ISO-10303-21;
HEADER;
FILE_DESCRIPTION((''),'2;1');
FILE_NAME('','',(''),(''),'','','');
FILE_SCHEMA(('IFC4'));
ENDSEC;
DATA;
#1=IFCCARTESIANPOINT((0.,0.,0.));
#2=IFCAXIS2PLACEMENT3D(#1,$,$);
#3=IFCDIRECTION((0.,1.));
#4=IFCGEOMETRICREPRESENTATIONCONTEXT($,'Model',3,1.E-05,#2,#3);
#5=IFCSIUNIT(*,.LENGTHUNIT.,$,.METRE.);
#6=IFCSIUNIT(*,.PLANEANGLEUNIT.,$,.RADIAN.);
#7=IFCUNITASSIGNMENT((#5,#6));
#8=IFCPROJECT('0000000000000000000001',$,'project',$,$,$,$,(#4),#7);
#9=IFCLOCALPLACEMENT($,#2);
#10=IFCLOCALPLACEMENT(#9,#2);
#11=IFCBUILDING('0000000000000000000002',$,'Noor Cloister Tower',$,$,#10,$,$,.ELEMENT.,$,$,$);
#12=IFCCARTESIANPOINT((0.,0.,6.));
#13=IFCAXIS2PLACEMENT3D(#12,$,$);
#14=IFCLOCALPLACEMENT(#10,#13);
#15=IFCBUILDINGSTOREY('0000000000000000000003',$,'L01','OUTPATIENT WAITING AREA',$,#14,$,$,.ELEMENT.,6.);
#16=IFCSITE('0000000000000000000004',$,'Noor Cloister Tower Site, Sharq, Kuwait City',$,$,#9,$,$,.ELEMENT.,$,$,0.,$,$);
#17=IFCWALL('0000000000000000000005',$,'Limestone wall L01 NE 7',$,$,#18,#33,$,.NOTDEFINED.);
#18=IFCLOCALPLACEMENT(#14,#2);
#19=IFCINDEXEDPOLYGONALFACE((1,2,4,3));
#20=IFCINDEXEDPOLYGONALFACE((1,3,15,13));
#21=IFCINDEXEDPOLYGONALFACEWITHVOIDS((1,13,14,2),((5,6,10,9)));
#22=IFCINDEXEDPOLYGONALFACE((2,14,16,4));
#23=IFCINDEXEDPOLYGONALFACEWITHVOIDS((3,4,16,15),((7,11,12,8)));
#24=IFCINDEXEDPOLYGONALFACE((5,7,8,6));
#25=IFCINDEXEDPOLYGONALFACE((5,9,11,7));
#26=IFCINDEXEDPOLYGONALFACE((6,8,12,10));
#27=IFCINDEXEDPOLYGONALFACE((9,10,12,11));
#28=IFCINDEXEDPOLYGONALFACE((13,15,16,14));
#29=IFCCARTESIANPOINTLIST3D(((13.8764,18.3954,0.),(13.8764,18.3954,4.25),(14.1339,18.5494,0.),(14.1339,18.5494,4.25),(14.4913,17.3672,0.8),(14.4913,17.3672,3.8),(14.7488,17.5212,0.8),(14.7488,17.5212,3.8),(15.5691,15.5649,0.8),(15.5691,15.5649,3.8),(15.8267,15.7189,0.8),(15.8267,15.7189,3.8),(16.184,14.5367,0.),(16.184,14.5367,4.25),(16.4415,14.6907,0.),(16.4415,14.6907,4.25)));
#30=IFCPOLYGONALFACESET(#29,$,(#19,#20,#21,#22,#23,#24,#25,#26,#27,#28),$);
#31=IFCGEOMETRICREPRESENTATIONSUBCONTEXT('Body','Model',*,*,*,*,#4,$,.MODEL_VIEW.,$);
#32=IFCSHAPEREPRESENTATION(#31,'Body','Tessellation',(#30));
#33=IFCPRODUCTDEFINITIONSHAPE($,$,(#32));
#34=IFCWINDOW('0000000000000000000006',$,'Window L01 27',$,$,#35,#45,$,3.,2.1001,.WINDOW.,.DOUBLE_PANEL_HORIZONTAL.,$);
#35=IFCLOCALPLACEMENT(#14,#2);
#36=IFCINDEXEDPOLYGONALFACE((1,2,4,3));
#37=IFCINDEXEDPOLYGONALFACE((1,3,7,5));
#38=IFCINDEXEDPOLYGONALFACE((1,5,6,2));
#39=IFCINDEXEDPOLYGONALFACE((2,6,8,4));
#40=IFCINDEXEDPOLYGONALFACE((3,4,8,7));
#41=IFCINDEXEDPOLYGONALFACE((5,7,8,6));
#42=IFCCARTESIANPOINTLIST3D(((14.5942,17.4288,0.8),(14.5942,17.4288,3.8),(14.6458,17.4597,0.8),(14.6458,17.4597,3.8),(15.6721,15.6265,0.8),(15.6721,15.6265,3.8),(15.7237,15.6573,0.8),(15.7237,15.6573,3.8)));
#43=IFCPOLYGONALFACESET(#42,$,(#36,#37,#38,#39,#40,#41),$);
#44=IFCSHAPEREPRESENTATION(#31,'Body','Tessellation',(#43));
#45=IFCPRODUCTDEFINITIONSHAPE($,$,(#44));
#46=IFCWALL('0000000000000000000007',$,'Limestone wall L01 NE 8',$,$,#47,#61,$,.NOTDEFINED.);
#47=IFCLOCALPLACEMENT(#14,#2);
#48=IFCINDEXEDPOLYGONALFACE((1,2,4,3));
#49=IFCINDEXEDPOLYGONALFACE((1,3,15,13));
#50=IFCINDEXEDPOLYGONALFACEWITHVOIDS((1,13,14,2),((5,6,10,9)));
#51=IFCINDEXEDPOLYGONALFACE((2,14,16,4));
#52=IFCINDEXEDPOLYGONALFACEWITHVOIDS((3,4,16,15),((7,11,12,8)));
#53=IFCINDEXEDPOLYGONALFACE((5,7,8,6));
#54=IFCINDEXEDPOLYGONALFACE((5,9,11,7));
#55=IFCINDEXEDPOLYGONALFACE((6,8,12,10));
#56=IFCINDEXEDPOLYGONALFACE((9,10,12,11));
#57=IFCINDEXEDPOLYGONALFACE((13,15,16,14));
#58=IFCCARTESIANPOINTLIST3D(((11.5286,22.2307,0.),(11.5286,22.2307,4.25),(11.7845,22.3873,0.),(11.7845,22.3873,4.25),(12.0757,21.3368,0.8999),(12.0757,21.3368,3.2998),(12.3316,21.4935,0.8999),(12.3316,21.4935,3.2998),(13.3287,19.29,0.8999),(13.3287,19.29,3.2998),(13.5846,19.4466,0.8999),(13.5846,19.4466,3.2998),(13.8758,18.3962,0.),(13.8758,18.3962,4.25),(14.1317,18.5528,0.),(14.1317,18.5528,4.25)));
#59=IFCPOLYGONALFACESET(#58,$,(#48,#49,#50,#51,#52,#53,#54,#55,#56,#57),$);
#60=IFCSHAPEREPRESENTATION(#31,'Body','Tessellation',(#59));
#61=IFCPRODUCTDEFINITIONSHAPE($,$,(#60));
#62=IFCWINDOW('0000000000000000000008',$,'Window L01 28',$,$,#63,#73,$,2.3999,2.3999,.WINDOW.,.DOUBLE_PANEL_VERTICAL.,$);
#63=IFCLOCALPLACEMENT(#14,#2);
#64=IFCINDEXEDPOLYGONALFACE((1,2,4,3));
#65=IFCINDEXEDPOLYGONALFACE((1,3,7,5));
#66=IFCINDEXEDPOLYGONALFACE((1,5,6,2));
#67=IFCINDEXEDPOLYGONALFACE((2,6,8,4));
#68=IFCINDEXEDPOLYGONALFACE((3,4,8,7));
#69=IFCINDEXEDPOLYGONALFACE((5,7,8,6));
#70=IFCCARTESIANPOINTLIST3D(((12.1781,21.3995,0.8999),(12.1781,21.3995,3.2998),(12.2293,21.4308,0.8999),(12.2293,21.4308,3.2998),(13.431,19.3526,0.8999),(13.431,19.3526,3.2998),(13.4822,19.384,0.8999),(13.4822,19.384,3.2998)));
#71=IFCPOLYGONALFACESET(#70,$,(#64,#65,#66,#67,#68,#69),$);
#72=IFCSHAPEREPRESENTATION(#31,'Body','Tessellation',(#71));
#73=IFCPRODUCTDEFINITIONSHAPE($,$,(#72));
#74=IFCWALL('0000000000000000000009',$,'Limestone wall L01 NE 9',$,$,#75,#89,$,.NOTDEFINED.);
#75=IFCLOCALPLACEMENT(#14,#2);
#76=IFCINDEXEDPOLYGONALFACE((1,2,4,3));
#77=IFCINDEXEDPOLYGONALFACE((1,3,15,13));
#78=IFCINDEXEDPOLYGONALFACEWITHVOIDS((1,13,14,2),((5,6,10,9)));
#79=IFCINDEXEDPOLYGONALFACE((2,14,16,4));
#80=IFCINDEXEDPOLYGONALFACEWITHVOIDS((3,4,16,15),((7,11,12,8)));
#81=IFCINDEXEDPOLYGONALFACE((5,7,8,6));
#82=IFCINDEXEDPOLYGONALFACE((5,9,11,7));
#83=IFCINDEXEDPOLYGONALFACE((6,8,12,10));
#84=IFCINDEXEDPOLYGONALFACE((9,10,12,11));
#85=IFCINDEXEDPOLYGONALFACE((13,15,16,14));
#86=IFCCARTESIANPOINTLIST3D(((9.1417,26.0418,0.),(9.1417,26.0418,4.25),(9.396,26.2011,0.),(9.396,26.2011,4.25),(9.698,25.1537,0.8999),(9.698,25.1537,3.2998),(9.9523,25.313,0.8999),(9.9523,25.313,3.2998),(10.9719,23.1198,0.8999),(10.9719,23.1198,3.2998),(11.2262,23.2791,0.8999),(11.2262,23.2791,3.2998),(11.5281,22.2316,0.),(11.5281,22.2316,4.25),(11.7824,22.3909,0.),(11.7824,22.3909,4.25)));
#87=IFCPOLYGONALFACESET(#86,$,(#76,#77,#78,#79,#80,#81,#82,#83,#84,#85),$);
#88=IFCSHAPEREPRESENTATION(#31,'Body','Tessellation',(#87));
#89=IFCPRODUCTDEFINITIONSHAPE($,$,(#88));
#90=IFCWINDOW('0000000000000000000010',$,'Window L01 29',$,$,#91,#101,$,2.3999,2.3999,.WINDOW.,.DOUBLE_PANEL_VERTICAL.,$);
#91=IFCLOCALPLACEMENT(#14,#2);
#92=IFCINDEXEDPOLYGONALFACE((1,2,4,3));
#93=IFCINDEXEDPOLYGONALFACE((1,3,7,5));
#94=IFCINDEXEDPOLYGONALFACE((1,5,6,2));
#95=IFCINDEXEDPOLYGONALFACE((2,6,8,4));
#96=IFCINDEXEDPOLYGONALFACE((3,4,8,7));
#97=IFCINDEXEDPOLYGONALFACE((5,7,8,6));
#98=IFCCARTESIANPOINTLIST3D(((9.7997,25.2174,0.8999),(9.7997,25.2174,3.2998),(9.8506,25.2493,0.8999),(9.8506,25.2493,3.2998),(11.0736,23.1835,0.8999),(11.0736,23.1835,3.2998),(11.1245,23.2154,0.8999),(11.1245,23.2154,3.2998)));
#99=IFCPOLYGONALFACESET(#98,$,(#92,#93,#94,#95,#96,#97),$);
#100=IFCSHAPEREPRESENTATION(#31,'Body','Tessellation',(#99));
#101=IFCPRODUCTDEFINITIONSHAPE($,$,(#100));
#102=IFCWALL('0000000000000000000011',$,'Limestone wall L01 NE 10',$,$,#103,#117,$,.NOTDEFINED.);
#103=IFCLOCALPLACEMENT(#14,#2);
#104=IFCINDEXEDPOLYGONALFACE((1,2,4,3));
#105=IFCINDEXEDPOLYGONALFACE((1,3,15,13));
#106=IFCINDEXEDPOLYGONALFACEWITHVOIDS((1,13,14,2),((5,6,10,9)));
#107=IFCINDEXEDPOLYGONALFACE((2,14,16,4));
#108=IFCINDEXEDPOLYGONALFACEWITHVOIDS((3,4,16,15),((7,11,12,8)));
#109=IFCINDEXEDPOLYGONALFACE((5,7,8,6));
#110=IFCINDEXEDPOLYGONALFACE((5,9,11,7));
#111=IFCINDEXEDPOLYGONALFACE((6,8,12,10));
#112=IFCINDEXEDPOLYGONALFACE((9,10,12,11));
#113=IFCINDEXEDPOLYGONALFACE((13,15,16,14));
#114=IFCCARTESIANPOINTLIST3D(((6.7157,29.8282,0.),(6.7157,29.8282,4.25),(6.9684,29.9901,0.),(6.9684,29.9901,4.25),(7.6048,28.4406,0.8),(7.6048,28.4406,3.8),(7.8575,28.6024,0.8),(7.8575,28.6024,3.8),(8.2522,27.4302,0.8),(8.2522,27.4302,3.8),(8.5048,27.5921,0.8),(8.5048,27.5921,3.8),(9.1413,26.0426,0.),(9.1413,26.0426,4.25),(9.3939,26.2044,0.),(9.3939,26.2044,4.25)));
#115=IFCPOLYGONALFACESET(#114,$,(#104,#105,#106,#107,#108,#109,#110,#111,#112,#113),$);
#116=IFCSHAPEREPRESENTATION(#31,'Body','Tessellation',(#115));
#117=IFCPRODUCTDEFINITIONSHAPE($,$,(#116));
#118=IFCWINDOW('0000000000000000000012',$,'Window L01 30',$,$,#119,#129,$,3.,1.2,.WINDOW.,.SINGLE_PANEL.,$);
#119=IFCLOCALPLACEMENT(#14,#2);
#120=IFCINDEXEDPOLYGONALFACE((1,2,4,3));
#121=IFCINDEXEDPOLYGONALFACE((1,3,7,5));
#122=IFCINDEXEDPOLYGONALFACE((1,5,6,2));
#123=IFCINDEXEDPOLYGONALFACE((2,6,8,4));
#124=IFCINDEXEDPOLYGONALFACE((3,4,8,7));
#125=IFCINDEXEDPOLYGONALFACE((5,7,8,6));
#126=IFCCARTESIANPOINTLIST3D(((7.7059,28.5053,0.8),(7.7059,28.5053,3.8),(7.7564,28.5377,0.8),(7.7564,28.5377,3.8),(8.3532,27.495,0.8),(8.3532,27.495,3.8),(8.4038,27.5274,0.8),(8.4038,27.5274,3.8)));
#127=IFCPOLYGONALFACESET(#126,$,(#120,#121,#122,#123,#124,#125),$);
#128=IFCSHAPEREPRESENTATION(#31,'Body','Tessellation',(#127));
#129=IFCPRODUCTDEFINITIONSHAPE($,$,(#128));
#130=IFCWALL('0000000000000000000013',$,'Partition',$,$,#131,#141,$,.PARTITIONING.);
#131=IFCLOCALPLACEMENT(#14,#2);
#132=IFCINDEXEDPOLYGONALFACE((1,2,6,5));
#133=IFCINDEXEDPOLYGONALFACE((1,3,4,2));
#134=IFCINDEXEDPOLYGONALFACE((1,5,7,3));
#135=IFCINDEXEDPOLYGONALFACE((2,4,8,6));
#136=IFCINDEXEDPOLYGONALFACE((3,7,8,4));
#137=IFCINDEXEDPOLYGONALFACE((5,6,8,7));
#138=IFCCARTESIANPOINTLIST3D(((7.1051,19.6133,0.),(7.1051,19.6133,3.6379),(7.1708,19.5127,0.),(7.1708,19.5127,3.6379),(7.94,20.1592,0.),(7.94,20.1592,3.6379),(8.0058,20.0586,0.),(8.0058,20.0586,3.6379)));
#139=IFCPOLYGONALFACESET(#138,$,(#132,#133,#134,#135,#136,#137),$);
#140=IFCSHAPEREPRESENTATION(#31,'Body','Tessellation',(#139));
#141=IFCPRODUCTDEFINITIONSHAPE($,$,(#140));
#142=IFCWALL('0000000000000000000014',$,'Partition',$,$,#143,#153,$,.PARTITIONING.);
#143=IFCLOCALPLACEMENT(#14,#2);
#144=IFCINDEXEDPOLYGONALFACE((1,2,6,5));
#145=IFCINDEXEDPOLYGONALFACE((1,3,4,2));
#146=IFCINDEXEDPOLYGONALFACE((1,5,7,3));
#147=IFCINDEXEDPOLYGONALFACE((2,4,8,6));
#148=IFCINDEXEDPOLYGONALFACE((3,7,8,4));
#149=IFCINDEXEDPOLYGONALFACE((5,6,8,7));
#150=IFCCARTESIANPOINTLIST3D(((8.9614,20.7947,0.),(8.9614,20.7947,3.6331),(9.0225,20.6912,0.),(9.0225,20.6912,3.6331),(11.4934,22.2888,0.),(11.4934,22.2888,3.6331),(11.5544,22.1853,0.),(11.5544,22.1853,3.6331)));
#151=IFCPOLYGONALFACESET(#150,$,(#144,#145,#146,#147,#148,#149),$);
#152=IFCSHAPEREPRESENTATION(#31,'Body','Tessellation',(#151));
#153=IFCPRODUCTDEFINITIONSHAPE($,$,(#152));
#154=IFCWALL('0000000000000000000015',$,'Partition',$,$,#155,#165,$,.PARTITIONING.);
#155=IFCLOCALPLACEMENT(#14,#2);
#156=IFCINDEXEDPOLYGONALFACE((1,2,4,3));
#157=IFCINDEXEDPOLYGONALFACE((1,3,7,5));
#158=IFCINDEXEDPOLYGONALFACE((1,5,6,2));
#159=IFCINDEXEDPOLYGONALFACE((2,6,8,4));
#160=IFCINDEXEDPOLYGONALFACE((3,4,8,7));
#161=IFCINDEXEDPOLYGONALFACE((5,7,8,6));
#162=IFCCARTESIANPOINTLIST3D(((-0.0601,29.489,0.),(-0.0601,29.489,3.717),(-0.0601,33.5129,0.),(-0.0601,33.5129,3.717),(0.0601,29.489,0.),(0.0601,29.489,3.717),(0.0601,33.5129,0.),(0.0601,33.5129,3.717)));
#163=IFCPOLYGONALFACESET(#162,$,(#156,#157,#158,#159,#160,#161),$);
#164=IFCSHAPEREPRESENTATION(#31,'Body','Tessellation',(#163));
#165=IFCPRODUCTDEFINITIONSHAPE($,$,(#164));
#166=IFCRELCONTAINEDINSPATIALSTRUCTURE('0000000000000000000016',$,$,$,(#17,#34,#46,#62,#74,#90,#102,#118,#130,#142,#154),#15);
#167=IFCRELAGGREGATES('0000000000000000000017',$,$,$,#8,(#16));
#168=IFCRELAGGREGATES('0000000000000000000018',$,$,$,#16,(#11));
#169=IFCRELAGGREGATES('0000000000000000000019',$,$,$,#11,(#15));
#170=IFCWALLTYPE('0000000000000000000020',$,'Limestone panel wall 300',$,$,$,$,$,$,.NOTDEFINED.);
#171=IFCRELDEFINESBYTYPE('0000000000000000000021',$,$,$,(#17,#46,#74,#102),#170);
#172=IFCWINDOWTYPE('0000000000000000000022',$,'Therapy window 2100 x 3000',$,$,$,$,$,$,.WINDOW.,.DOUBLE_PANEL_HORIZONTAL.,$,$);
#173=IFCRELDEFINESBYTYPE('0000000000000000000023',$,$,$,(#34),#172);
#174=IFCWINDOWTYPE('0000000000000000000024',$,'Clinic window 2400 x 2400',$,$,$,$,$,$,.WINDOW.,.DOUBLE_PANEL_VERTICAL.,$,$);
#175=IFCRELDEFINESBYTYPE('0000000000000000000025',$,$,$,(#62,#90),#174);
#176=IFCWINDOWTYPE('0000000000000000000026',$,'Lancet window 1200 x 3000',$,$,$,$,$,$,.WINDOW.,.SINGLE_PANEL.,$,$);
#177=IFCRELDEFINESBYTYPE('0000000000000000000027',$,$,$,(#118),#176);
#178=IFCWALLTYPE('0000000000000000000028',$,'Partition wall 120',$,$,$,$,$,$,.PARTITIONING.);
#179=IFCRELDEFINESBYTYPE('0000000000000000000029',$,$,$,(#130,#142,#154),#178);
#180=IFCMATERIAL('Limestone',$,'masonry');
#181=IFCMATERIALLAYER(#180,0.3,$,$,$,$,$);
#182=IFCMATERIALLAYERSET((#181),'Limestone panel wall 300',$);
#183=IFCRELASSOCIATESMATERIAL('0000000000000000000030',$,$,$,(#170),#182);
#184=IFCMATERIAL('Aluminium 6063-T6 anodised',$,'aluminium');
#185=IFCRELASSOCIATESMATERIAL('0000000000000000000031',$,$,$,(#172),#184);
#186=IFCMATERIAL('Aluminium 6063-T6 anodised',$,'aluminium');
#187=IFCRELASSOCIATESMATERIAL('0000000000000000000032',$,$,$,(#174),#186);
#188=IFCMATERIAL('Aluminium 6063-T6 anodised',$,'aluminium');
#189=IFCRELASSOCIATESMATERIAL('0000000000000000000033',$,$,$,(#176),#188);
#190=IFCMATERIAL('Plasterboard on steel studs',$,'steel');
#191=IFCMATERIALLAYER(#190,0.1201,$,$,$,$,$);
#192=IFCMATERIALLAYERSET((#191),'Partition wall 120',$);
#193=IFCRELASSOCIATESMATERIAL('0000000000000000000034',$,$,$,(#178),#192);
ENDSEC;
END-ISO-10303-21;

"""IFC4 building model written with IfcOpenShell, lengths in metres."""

from ifc_helpers import new_model, si_unit, direction, frame, frame_2d, origin, place, context, subcontext, project, spatial, rectangle, extrude, material, layer, layer_set, type_object, element, fill, save


model = new_model("IFC4")

# Units and contexts
model_context = context("Model", 3, precision=1e-05, world=origin(), true_north=direction((0.0, 1.0)))
body_context = subcontext(model_context, "Body", "Model", "MODEL_VIEW")
ifc_project = project(units=[si_unit("LENGTHUNIT", "METRE"), si_unit("PLANEANGLEUNIT", "RADIAN")], contexts=[model_context])

# Site, building, storey
site_placement = place(None, origin())
site = spatial("IfcSite", under=ifc_project, at=site_placement, Name="Noor Cloister Tower Site, Sharq, Kuwait City", CompositionType="ELEMENT", RefElevation=0.0)
building_placement = place(site_placement, origin())
building = spatial("IfcBuilding", under=site, at=building_placement, Name="Noor Cloister Tower", CompositionType="ELEMENT")
storey_placement = place(building_placement, frame((0.0, 0.0, 6.0)))
storey = spatial("IfcBuildingStorey", under=building, at=storey_placement, Name="L01", Description="OUTPATIENT WAITING AREA", CompositionType="ELEMENT", Elevation=6.0)

# Walls, openings, windows
ifc_material_1 = material(Name="Limestone", Category="masonry")
ifc_layer_1 = layer(ifc_material_1, 0.3)
ifc_layer_set_1 = layer_set([ifc_layer_1], Name="Limestone panel wall 300")
wall_type_1 = type_object("IfcWallType", Name="Limestone panel wall 300", PredefinedType="NOTDEFINED", material=ifc_layer_set_1)
wall_1_placement = place(storey_placement, frame((14.0051, 18.4724, 0.0), z_axis=(0.0, 0.0, 1.0), x_axis=(0.513257, -0.858235, 0.0)))
wall_1 = element("IfcWall", 1, at=wall_1_placement, inside=storey, type_object=wall_type_1, Name="Limestone wall L01 NE 7", PredefinedType="NOTDEFINED", context=body_context, shape_type="SweptSolid", body=[
    extrude(rectangle(XDim=4.4961, YDim=0.3, at=frame_2d((2.248, 0.0))), origin(), (0.0, 0.0, 1.0), 4.25),
])
opening_1_placement = place(wall_1_placement, frame((1.198, 0.0, 0.8)))
opening_1 = element("IfcOpeningElement", 2, at=opening_1_placement, cuts=wall_1, PredefinedType="OPENING", context=body_context, shape_type="SweptSolid", body=[
    extrude(rectangle(XDim=2.1001, YDim=3.0, at=frame_2d((1.05, 1.5))), frame((0.0, 0.1602, 0.0), z_axis=(0.0, -1.0, 0.0), x_axis=(1.0, 0.0, 0.0)), (0.0, 0.0, 1.0), 0.3201),
])
ifc_material_2 = material(Name="Aluminium 6063-T6 anodised", Category="aluminium")
window_type_1 = type_object("IfcWindowType", Name="Therapy window 2100 x 3000", PartitioningType="DOUBLE_PANEL_HORIZONTAL", PredefinedType="WINDOW", material=ifc_material_2)
window_1_placement = place(opening_1_placement, origin())
window_1 = element("IfcWindow", 3, at=window_1_placement, inside=storey, type_object=window_type_1, Name="Window L01 27", OverallHeight=3.0, OverallWidth=2.1001, PartitioningType="DOUBLE_PANEL_HORIZONTAL", PredefinedType="WINDOW", context=body_context, shape_type="SweptSolid", body=[
    extrude(rectangle(XDim=2.1001, YDim=3.0, at=frame_2d((1.05, 1.5))), frame((0.0, 0.03, 0.0), z_axis=(0.0, -1.0, 0.0), x_axis=(1.0, 0.0, 0.0)), (0.0, 0.0, 1.0), 0.0601),
])
fill(opening_1, window_1)
wall_2_placement = place(storey_placement, frame((11.6565, 22.3091, 0.0), z_axis=(0.0, 0.0, 1.0), x_axis=(0.522078, -0.852898, 0.0)))
wall_2 = element("IfcWall", 4, at=wall_2_placement, inside=storey, type_object=wall_type_1, Name="Limestone wall L01 NE 8", PredefinedType="NOTDEFINED", context=body_context, shape_type="SweptSolid", body=[
    extrude(rectangle(XDim=4.4958, YDim=0.3, at=frame_2d((2.248, 0.0))), origin(), (0.0, 0.0, 1.0), 4.25),
])
opening_2_placement = place(wall_2_placement, frame((1.0481, 0.0, 0.8999)))
opening_2 = element("IfcOpeningElement", 5, at=opening_2_placement, cuts=wall_2, PredefinedType="OPENING", context=body_context, shape_type="SweptSolid", body=[
    extrude(rectangle(XDim=2.3999, YDim=2.3999, at=frame_2d((1.2, 1.2))), frame((0.0, 0.1602, 0.0), z_axis=(0.0, -1.0, 0.0), x_axis=(1.0, 0.0, 0.0)), (0.0, 0.0, 1.0), 0.3201),
])
ifc_material_3 = material(Name="Aluminium 6063-T6 anodised", Category="aluminium")
window_type_2 = type_object("IfcWindowType", Name="Clinic window 2400 x 2400", PartitioningType="DOUBLE_PANEL_VERTICAL", PredefinedType="WINDOW", material=ifc_material_3)
window_2_placement = place(opening_2_placement, origin())
window_2 = element("IfcWindow", 6, at=window_2_placement, inside=storey, type_object=window_type_2, Name="Window L01 28", OverallHeight=2.3999, OverallWidth=2.3999, PartitioningType="DOUBLE_PANEL_VERTICAL", PredefinedType="WINDOW", context=body_context, shape_type="SweptSolid", body=[
    extrude(rectangle(XDim=2.3999, YDim=2.3999, at=frame_2d((1.2, 1.2))), frame((0.0, 0.03, 0.0), z_axis=(0.0, -1.0, 0.0), x_axis=(1.0, 0.0, 0.0)), (0.0, 0.0, 1.0), 0.0601),
])
fill(opening_2, window_2)
wall_3_placement = place(storey_placement, frame((9.2688, 26.1216, 0.0), z_axis=(0.0, 0.0, 1.0), x_axis=(0.530804, -0.847495, 0.0)))
wall_3 = element("IfcWall", 7, at=wall_3_placement, inside=storey, type_object=wall_type_1, Name="Limestone wall L01 NE 9", PredefinedType="NOTDEFINED", context=body_context, shape_type="SweptSolid", body=[
    extrude(rectangle(XDim=4.4958, YDim=0.3, at=frame_2d((2.248, 0.0))), origin(), (0.0, 0.0, 1.0), 4.25),
])
opening_3_placement = place(wall_3_placement, frame((1.0481, 0.0, 0.8999)))
opening_3 = element("IfcOpeningElement", 8, at=opening_3_placement, cuts=wall_3, PredefinedType="OPENING", context=body_context, shape_type="SweptSolid", body=[
    extrude(rectangle(XDim=2.3999, YDim=2.3999, at=frame_2d((1.2, 1.2))), frame((0.0, 0.1602, 0.0), z_axis=(0.0, -1.0, 0.0), x_axis=(1.0, 0.0, 0.0)), (0.0, 0.0, 1.0), 0.3201),
])
window_3_placement = place(opening_3_placement, origin())
window_3 = element("IfcWindow", 9, at=window_3_placement, inside=storey, type_object=window_type_2, Name="Window L01 29", OverallHeight=2.3999, OverallWidth=2.3999, PartitioningType="DOUBLE_PANEL_VERTICAL", PredefinedType="WINDOW", context=body_context, shape_type="SweptSolid", body=[
    extrude(rectangle(XDim=2.3999, YDim=2.3999, at=frame_2d((1.2, 1.2))), frame((0.0, 0.03, 0.0), z_axis=(0.0, -1.0, 0.0), x_axis=(1.0, 0.0, 0.0)), (0.0, 0.0, 1.0), 0.0601),
])
fill(opening_3, window_3)
wall_4_placement = place(storey_placement, frame((6.842, 29.9092, 0.0), z_axis=(0.0, 0.0, 1.0), x_axis=(0.539484, -0.841996, 0.0)))
wall_4 = element("IfcWall", 10, at=wall_4_placement, inside=storey, type_object=wall_type_1, Name="Limestone wall L01 NE 10", PredefinedType="NOTDEFINED", context=body_context, shape_type="SweptSolid", body=[
    extrude(rectangle(XDim=4.4961, YDim=0.3, at=frame_2d((2.248, 0.0))), origin(), (0.0, 0.0, 1.0), 4.25),
])
opening_4_placement = place(wall_4_placement, frame((1.6479, 0.0, 0.8)))
opening_4 = element("IfcOpeningElement", 11, at=opening_4_placement, cuts=wall_4, PredefinedType="OPENING", context=body_context, shape_type="SweptSolid", body=[
    extrude(rectangle(XDim=1.2, YDim=3.0, at=frame_2d((0.6001, 1.5))), frame((0.0, 0.1602, 0.0), z_axis=(0.0, -1.0, 0.0), x_axis=(1.0, 0.0, 0.0)), (0.0, 0.0, 1.0), 0.3201),
])
ifc_material_4 = material(Name="Aluminium 6063-T6 anodised", Category="aluminium")
window_type_3 = type_object("IfcWindowType", Name="Lancet window 1200 x 3000", PartitioningType="SINGLE_PANEL", PredefinedType="WINDOW", material=ifc_material_4)
window_4_placement = place(opening_4_placement, origin())
window_4 = element("IfcWindow", 12, at=window_4_placement, inside=storey, type_object=window_type_3, Name="Window L01 30", OverallHeight=3.0, OverallWidth=1.2, PartitioningType="SINGLE_PANEL", PredefinedType="WINDOW", context=body_context, shape_type="SweptSolid", body=[
    extrude(rectangle(XDim=1.2, YDim=3.0, at=frame_2d((0.6001, 1.5))), frame((0.0, 0.03, 0.0), z_axis=(0.0, -1.0, 0.0), x_axis=(1.0, 0.0, 0.0)), (0.0, 0.0, 1.0), 0.0601),
])
fill(opening_4, window_4)

# Walls
ifc_material_5 = material(Name="Plasterboard on steel studs", Category="steel")
ifc_layer_2 = layer(ifc_material_5, 0.1201)
ifc_layer_set_2 = layer_set([ifc_layer_2], Name="Partition wall 120")
wall_type_2 = type_object("IfcWallType", Name="Partition wall 120", PredefinedType="PARTITIONING", material=ifc_layer_set_2)
wall_5_placement = place(storey_placement, frame((7.9729, 20.1089, 0.0), z_axis=(0.0, 0.0, 1.0), x_axis=(-0.836987, -0.547223, 0.0)))
element("IfcWall", 13, at=wall_5_placement, inside=storey, type_object=wall_type_2, Name="Partition", PredefinedType="PARTITIONING", context=body_context, shape_type="SweptSolid", body=[
    extrude(rectangle(XDim=0.9976, YDim=0.1201, at=frame_2d((0.4988, 0.0))), origin(), (0.0, 0.0, 1.0), 3.6379),
])
wall_6_placement = place(storey_placement, frame((11.5239, 22.2371, 0.0), z_axis=(0.0, 0.0, 1.0), x_axis=(-0.861229, -0.508217, 0.0)))
element("IfcWall", 14, at=wall_6_placement, inside=storey, type_object=wall_type_2, Name="Partition", PredefinedType="PARTITIONING", context=body_context, shape_type="SweptSolid", body=[
    extrude(rectangle(XDim=2.9399, YDim=0.1201, at=frame_2d((1.47, 0.0))), origin(), (0.0, 0.0, 1.0), 3.6331),
])
wall_7_placement = place(storey_placement, frame((0.0, 29.489, 0.0), z_axis=(0.0, 0.0, 1.0), x_axis=(0.0, 1.0, 0.0)))
element("IfcWall", 15, at=wall_7_placement, inside=storey, type_object=wall_type_2, Name="Partition", PredefinedType="PARTITIONING", context=body_context, shape_type="SweptSolid", body=[
    extrude(rectangle(XDim=4.0239, YDim=0.1201, at=frame_2d((2.012, 0.0))), origin(), (0.0, 0.0, 1.0), 3.717),
])

save(model, "model.ifc")
